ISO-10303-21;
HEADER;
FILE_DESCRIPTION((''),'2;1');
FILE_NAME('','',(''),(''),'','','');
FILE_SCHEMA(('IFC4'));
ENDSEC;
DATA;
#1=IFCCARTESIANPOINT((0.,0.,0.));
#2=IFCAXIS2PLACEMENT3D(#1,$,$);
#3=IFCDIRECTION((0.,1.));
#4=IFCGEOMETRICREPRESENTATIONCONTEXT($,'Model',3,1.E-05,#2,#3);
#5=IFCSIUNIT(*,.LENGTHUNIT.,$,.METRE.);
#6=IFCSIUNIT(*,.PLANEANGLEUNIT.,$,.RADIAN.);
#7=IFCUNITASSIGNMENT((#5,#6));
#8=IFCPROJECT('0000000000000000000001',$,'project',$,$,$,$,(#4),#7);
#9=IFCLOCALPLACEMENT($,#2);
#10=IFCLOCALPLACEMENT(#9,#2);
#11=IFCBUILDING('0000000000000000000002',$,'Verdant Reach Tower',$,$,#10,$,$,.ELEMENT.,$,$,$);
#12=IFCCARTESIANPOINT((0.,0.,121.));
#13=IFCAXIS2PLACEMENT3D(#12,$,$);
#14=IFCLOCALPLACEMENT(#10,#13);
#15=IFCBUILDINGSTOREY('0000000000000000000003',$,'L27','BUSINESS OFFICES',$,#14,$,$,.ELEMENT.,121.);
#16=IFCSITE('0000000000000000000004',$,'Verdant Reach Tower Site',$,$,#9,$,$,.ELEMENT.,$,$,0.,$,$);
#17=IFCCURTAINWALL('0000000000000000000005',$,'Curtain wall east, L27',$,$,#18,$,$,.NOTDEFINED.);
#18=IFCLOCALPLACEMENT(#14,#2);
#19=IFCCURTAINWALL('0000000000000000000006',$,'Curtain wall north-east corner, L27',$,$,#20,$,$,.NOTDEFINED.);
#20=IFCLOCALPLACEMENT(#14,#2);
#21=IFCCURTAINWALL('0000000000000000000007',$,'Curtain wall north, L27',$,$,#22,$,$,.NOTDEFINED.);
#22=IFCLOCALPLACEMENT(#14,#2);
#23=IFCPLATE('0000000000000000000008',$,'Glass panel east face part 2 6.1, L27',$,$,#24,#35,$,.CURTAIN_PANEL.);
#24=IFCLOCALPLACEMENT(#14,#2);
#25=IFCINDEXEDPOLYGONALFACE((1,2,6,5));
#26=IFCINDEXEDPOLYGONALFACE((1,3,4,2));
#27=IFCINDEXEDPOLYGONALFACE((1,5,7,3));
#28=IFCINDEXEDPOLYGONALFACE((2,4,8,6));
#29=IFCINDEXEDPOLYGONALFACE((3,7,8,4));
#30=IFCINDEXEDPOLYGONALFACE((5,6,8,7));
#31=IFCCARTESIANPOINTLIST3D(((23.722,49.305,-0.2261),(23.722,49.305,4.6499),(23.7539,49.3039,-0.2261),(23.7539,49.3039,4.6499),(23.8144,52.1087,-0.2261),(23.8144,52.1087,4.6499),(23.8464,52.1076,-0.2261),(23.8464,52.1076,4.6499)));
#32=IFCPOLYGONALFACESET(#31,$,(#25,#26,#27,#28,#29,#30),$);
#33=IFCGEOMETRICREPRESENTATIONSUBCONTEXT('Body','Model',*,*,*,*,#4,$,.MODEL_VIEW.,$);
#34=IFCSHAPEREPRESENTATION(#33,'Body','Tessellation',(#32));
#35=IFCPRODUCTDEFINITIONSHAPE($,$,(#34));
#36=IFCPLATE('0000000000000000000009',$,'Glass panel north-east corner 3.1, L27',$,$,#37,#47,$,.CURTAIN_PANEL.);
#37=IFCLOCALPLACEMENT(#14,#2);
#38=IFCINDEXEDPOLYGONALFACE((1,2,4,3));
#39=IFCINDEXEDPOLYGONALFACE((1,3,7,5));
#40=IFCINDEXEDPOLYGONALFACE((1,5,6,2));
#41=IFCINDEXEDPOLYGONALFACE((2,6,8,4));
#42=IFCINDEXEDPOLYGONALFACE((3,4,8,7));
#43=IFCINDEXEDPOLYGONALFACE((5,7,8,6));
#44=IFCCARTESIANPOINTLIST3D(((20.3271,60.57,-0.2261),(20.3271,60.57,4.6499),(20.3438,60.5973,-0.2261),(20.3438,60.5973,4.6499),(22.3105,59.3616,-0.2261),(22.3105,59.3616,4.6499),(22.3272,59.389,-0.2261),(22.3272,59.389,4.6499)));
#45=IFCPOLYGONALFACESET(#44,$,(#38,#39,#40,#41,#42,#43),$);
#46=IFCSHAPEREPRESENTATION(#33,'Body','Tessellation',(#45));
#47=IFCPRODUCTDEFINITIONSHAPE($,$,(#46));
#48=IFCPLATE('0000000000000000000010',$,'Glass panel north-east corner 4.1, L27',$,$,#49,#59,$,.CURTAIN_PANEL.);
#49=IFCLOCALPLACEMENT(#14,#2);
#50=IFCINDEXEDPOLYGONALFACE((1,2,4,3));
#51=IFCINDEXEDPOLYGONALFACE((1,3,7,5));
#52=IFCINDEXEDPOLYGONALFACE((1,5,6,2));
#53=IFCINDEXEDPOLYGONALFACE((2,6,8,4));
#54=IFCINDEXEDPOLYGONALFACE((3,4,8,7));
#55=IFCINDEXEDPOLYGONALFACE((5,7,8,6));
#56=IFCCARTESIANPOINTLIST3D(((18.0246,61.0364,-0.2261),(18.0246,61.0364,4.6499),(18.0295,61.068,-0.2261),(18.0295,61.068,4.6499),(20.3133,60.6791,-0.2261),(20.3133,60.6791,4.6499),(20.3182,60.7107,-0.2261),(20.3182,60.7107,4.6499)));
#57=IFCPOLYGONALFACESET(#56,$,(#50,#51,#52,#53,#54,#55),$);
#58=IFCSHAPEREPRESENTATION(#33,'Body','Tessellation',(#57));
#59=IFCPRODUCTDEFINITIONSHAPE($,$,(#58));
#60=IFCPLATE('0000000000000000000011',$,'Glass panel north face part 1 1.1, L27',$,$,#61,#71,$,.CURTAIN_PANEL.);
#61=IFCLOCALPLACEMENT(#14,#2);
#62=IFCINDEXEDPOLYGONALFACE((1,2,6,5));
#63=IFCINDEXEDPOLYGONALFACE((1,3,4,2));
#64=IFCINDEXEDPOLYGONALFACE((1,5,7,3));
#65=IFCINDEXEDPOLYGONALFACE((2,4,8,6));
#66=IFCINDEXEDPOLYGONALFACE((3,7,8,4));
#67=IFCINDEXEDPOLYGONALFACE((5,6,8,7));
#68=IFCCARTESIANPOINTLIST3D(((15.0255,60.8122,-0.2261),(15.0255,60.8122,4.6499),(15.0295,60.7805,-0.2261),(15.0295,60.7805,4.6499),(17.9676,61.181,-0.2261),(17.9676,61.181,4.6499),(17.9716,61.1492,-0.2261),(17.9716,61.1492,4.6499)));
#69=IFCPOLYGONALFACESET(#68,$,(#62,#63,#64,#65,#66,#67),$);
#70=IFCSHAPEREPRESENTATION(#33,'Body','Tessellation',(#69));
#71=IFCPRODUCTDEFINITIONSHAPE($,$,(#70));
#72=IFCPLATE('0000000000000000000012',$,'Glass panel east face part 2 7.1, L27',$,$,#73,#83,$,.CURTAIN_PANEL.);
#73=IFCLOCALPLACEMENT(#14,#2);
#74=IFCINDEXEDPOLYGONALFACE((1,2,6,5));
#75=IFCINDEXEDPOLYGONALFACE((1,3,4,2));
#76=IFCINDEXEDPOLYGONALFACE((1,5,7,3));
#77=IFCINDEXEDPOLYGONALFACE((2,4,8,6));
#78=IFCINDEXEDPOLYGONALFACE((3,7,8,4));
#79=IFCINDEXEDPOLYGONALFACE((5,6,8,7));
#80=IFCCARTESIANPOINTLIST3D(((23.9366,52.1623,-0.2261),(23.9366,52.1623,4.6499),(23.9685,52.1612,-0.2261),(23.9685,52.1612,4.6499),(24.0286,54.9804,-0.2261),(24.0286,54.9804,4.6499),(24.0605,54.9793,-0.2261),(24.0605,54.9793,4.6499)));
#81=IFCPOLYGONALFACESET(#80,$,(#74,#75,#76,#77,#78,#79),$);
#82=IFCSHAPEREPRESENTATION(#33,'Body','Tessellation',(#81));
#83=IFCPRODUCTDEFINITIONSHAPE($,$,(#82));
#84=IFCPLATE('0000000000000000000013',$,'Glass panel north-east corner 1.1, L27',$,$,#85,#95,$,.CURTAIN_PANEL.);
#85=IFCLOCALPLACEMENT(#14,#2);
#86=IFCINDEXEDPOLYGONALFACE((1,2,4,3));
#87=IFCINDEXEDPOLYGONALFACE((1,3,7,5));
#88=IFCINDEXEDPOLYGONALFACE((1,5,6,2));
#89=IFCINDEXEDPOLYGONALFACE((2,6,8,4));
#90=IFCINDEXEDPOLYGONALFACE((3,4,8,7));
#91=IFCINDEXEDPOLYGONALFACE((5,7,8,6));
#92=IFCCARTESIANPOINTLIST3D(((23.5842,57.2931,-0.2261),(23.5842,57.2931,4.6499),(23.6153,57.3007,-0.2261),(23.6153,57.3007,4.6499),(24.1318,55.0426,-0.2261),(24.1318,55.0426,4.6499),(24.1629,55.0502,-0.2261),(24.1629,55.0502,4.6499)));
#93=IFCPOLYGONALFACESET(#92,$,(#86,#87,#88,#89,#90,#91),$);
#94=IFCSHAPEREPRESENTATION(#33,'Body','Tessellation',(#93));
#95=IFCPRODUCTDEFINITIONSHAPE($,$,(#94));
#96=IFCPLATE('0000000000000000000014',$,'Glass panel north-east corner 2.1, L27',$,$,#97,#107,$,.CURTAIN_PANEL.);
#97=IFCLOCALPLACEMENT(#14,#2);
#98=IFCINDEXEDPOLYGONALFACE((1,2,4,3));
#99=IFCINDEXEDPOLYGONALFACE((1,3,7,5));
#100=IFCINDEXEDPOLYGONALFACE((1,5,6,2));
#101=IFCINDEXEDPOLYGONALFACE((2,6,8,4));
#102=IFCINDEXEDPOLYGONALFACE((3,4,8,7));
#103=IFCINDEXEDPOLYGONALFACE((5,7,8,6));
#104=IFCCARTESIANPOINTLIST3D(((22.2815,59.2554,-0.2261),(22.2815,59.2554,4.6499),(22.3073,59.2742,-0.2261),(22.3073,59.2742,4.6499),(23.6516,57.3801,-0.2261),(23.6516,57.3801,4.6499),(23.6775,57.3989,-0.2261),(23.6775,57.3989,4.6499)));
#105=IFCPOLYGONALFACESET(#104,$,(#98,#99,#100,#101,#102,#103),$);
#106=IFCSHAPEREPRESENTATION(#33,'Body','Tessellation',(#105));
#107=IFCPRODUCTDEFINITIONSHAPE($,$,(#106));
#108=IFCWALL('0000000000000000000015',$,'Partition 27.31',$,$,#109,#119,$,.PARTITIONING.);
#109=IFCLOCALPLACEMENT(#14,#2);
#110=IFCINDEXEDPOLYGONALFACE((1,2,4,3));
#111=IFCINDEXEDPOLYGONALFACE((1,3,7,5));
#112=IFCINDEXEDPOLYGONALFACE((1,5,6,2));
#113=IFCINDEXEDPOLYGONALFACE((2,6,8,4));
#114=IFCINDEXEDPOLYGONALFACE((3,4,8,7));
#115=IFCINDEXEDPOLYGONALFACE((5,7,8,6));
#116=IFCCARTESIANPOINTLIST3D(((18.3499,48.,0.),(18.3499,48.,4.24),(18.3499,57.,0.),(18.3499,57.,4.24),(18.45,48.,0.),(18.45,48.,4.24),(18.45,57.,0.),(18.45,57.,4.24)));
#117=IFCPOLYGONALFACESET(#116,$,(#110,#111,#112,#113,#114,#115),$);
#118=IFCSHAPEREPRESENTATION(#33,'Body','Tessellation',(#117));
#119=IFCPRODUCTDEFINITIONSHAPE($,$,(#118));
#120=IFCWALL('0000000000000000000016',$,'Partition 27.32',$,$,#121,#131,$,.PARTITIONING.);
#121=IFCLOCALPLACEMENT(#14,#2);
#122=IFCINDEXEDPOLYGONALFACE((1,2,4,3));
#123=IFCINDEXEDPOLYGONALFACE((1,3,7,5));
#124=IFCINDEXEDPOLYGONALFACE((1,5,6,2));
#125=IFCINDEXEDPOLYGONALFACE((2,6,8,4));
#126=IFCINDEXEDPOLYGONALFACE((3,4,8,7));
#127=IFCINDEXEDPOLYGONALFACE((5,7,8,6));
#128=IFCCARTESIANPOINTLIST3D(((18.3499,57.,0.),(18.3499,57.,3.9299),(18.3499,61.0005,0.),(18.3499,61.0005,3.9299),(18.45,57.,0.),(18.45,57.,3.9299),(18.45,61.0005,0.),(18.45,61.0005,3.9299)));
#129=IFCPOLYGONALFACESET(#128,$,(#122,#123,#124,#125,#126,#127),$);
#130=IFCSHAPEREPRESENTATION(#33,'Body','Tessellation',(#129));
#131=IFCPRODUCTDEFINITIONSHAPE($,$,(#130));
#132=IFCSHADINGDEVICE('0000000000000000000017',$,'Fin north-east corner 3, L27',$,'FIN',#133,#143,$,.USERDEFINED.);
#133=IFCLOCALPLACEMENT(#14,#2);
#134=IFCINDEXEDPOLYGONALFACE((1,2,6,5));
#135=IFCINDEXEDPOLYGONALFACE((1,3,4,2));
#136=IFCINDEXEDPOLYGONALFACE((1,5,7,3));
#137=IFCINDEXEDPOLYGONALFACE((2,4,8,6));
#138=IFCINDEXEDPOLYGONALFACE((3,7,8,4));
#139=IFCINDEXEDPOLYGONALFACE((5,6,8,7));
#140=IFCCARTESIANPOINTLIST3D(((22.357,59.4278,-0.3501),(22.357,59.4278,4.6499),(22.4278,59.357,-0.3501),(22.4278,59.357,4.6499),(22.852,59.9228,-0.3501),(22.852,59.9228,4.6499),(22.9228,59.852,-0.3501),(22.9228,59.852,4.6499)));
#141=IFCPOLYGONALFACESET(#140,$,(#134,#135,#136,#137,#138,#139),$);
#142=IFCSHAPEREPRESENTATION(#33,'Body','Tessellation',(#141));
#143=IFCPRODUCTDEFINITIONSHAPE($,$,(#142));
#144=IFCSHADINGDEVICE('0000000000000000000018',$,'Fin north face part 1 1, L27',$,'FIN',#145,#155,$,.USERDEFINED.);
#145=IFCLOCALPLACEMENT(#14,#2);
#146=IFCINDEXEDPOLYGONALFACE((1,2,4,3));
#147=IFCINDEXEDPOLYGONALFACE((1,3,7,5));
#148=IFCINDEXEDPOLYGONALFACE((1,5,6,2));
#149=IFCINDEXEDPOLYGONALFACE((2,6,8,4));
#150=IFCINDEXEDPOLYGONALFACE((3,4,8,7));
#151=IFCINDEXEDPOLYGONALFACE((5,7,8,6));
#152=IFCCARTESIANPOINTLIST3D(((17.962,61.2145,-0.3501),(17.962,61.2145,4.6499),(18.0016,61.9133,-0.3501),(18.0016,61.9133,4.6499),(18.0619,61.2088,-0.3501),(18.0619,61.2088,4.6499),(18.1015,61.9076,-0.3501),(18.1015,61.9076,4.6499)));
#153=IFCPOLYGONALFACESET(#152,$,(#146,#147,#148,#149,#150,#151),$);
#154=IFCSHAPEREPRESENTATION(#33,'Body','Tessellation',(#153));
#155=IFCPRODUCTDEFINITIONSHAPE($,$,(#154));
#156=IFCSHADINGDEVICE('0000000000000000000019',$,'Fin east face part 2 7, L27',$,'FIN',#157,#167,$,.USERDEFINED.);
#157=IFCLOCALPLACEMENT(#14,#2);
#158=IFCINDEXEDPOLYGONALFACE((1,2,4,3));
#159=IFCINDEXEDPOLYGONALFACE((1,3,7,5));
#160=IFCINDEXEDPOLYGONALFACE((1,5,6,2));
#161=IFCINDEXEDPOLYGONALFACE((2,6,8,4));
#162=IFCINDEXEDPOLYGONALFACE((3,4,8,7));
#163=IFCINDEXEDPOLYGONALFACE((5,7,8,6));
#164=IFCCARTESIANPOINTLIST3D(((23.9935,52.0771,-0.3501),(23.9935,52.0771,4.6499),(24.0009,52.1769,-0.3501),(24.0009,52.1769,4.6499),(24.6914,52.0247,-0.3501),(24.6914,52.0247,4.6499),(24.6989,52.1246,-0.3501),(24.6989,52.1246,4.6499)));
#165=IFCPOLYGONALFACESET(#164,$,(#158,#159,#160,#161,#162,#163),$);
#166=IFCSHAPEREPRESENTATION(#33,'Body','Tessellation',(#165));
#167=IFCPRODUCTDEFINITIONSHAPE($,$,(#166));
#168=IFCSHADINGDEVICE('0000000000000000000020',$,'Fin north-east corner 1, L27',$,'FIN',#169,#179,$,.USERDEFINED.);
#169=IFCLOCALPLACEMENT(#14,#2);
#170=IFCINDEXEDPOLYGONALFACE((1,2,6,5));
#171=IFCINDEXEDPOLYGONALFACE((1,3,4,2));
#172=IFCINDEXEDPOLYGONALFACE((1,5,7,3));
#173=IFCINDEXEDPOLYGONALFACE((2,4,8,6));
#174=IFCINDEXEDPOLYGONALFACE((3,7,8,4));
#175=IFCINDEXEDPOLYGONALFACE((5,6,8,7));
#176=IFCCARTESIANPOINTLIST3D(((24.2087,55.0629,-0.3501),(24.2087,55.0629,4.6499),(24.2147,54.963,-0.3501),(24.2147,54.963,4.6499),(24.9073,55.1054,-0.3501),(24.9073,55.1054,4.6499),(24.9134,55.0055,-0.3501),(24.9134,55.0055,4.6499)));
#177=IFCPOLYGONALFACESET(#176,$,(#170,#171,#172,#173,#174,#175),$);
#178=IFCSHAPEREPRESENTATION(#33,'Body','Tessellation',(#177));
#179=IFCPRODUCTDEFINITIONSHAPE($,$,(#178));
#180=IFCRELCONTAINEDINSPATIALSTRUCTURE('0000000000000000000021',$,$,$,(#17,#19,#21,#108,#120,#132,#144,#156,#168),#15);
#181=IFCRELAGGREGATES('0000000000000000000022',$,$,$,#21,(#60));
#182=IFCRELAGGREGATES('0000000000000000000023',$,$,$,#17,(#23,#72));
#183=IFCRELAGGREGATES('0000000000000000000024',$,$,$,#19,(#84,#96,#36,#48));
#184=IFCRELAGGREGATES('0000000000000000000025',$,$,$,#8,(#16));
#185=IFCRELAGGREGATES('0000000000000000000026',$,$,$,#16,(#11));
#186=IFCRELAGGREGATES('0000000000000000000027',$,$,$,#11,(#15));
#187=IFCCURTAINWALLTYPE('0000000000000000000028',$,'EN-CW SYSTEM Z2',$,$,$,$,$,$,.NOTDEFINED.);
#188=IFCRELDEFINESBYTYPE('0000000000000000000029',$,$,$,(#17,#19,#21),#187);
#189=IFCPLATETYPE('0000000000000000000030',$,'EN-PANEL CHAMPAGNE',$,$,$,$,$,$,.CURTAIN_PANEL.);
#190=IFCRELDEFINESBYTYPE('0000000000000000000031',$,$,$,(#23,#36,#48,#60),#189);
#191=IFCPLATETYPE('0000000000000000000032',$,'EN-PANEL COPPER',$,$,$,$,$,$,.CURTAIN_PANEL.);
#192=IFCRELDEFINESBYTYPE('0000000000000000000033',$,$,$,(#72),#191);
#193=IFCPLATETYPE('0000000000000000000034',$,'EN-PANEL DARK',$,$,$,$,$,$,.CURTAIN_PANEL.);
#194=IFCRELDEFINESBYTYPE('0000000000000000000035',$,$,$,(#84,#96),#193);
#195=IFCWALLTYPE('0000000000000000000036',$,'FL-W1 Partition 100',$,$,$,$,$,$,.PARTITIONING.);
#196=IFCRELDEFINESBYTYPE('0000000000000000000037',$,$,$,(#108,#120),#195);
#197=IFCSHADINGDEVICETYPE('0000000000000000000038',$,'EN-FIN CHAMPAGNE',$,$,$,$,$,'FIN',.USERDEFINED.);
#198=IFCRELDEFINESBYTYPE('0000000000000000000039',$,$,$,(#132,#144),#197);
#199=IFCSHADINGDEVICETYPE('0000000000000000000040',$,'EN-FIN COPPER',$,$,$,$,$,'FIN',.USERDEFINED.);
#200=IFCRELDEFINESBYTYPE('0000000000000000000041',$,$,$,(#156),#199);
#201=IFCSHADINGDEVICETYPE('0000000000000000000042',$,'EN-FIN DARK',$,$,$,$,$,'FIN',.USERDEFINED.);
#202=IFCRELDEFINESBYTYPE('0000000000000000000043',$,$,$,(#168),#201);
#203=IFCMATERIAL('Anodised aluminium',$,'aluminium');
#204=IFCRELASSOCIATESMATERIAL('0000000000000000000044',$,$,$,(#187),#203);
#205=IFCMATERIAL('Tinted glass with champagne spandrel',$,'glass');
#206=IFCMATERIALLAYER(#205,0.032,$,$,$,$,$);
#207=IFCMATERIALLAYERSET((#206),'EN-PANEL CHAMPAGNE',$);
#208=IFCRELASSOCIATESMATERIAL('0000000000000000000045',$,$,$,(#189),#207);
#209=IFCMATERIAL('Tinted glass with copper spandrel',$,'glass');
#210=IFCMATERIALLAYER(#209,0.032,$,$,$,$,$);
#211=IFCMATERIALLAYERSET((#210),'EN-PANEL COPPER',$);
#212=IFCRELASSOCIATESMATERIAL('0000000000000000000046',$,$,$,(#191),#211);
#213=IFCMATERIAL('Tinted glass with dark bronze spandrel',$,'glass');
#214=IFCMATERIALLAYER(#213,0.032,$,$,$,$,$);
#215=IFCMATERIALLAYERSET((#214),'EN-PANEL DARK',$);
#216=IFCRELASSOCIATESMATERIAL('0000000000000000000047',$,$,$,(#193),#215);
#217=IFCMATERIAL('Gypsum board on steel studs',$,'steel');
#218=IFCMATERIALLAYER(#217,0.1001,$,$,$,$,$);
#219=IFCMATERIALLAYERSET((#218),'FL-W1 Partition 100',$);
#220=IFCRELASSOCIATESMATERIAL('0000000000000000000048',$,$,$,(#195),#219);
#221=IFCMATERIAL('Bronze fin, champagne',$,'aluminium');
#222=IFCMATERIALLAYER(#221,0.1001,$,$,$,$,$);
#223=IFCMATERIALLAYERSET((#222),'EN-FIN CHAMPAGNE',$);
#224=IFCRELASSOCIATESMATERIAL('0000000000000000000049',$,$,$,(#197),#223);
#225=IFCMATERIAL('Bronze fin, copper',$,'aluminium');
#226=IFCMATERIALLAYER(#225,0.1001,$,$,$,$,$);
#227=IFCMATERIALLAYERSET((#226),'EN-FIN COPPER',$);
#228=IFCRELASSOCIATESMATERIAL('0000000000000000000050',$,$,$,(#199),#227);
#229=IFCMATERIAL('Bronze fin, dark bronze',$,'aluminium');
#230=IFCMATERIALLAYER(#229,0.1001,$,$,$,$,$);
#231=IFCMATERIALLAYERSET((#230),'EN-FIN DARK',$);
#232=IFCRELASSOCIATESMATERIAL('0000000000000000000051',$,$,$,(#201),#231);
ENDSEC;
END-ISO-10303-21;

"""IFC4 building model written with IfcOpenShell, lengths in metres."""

from ifc_helpers import new_model, si_unit, direction, frame, frame_2d, origin, origin_2d, place, context, subcontext, project, spatial, rectangle, extrude, material, layer, layer_set, type_object, element, aggregate, save


model = new_model("IFC4")

# Units and contexts
model_context = context("Model", 3, precision=1e-05, world=origin(), true_north=direction((0.0, 1.0)))
body_context = subcontext(model_context, "Body", "Model", "MODEL_VIEW")
ifc_project = project(units=[si_unit("LENGTHUNIT", "METRE"), si_unit("PLANEANGLEUNIT", "RADIAN")], contexts=[model_context])

# Site, building, storey
site_placement = place(None, origin())
site = spatial("IfcSite", under=ifc_project, at=site_placement, Name="Verdant Reach Tower Site", CompositionType="ELEMENT", RefElevation=0.0)
building_placement = place(site_placement, origin())
building = spatial("IfcBuilding", under=site, at=building_placement, Name="Verdant Reach Tower", CompositionType="ELEMENT")
storey_placement = place(building_placement, frame((0.0, 0.0, 121.0)))
storey = spatial("IfcBuildingStorey", under=building, at=storey_placement, Name="L27", Description="BUSINESS OFFICES", CompositionType="ELEMENT", Elevation=121.0)

# Curtain wall
ifc_material_1 = material(Name="Anodised aluminium", Category="aluminium")
curtain_wall_type = type_object("IfcCurtainWallType", Name="EN-CW SYSTEM Z2", PredefinedType="NOTDEFINED", material=ifc_material_1)
curtain_wall_1_placement = place(storey_placement, origin())
curtain_wall_1 = element("IfcCurtainWall", 1, at=curtain_wall_1_placement, inside=storey, type_object=curtain_wall_type, Name="Curtain wall east, L27", PredefinedType="NOTDEFINED")

# Curtain walls
curtain_wall_2_placement = place(storey_placement, origin())
curtain_wall_2 = element("IfcCurtainWall", 2, at=curtain_wall_2_placement, inside=storey, type_object=curtain_wall_type, Name="Curtain wall north-east corner, L27", PredefinedType="NOTDEFINED")
curtain_wall_3_placement = place(storey_placement, origin())
curtain_wall_3 = element("IfcCurtainWall", 3, at=curtain_wall_3_placement, inside=storey, type_object=curtain_wall_type, Name="Curtain wall north, L27", PredefinedType="NOTDEFINED")

# Plates
ifc_material_2 = material(Name="Tinted glass with champagne spandrel", Category="glass")
ifc_layer_1 = layer(ifc_material_2, 0.032)
ifc_layer_set_1 = layer_set([ifc_layer_1], Name="EN-PANEL CHAMPAGNE")
plate_type_1 = type_object("IfcPlateType", Name="EN-PANEL CHAMPAGNE", PredefinedType="CURTAIN_PANEL", material=ifc_layer_set_1)
plate_1_placement = place(storey_placement, frame((23.7842, 50.7063, -0.2261), z_axis=(0.0, 0.0, 1.0), x_axis=(0.032966, 0.999456, 0.0)))
plate_1 = element("IfcPlate", 4, at=plate_1_placement, type_object=plate_type_1, Name="Glass panel east face part 2 6.1, L27", PredefinedType="CURTAIN_PANEL", context=body_context, shape_type="SweptSolid", body=[
    extrude(rectangle(XDim=2.8052, YDim=0.032, at=origin_2d()), origin(), (0.0, 0.0, 1.0), 4.876),
])
plate_2_placement = place(storey_placement, frame((21.3271, 59.9795, -0.2261), z_axis=(0.0, 0.0, 1.0), x_axis=(-0.853989, 0.520292, 0.0)))
plate_2 = element("IfcPlate", 5, at=plate_2_placement, type_object=plate_type_1, Name="Glass panel north-east corner 3.1, L27", PredefinedType="CURTAIN_PANEL", context=body_context, shape_type="SweptSolid", body=[
    extrude(rectangle(XDim=2.3225, YDim=0.032, at=origin_2d()), origin(), (0.0, 0.0, 1.0), 4.876),
])
plate_3_placement = place(storey_placement, frame((19.1714, 60.8735, -0.2261), z_axis=(0.0, 0.0, 1.0), x_axis=(-0.988031, 0.154256, 0.0)))
plate_3 = element("IfcPlate", 6, at=plate_3_placement, type_object=plate_type_1, Name="Glass panel north-east corner 4.1, L27", PredefinedType="CURTAIN_PANEL", context=body_context, shape_type="SweptSolid", body=[
    extrude(rectangle(XDim=2.3164, YDim=0.032, at=origin_2d()), origin(), (0.0, 0.0, 1.0), 4.876),
])
plate_4_placement = place(storey_placement, frame((16.4985, 60.9807, -0.2261), z_axis=(0.0, 0.0, 1.0), x_axis=(-0.992237, -0.124365, 0.0)))
plate_4 = element("IfcPlate", 7, at=plate_4_placement, type_object=plate_type_1, Name="Glass panel north face part 1 1.1, L27", PredefinedType="CURTAIN_PANEL", context=body_context, shape_type="SweptSolid", body=[
    extrude(rectangle(XDim=2.9651, YDim=0.032, at=origin_2d()), origin(), (0.0, 0.0, 1.0), 4.876),
])
aggregate(curtain_wall_3, [plate_4])
ifc_material_3 = material(Name="Tinted glass with copper spandrel", Category="glass")
ifc_layer_2 = layer(ifc_material_3, 0.032)
ifc_layer_set_2 = layer_set([ifc_layer_2], Name="EN-PANEL COPPER")
plate_type_2 = type_object("IfcPlateType", Name="EN-PANEL COPPER", PredefinedType="CURTAIN_PANEL", material=ifc_layer_set_2)
plate_5_placement = place(storey_placement, frame((23.9985, 53.5708, -0.2261), z_axis=(0.0, 0.0, 1.0), x_axis=(0.032628, 0.999468, 0.0)))
plate_5 = element("IfcPlate", 8, at=plate_5_placement, type_object=plate_type_2, Name="Glass panel east face part 2 7.1, L27", PredefinedType="CURTAIN_PANEL", context=body_context, shape_type="SweptSolid", body=[
    extrude(rectangle(XDim=2.8196, YDim=0.032, at=origin_2d()), origin(), (0.0, 0.0, 1.0), 4.876),
])
aggregate(curtain_wall_1, [plate_1, plate_5])
ifc_material_4 = material(Name="Tinted glass with dark bronze spandrel", Category="glass")
ifc_layer_3 = layer(ifc_material_4, 0.032)
ifc_layer_set_3 = layer_set([ifc_layer_3], Name="EN-PANEL DARK")
plate_type_3 = type_object("IfcPlateType", Name="EN-PANEL DARK", PredefinedType="CURTAIN_PANEL", material=ifc_layer_set_3)
plate_6_placement = place(storey_placement, frame((23.8735, 56.1716, -0.2261), z_axis=(0.0, 0.0, 1.0), x_axis=(-0.236416, 0.971652, 0.0)))
plate_6 = element("IfcPlate", 9, at=plate_6_placement, type_object=plate_type_3, Name="Glass panel north-east corner 1.1, L27", PredefinedType="CURTAIN_PANEL", context=body_context, shape_type="SweptSolid", body=[
    extrude(rectangle(XDim=2.3162, YDim=0.032, at=origin_2d()), origin(), (0.0, 0.0, 1.0), 4.876),
])
plate_7_placement = place(storey_placement, frame((22.9795, 58.3271, -0.2261), z_axis=(0.0, 0.0, 1.0), x_axis=(-0.589927, 0.807457, 0.0)))
plate_7 = element("IfcPlate", 10, at=plate_7_placement, type_object=plate_type_3, Name="Glass panel north-east corner 2.1, L27", PredefinedType="CURTAIN_PANEL", context=body_context, shape_type="SweptSolid", body=[
    extrude(rectangle(XDim=2.3225, YDim=0.032, at=origin_2d()), origin(), (0.0, 0.0, 1.0), 4.876),
])
aggregate(curtain_wall_2, [plate_6, plate_7, plate_2, plate_3])

# Walls
ifc_material_5 = material(Name="Gypsum board on steel studs", Category="steel")
ifc_layer_4 = layer(ifc_material_5, 0.1001)
ifc_layer_set_4 = layer_set([ifc_layer_4], Name="FL-W1 Partition 100")
wall_type = type_object("IfcWallType", Name="FL-W1 Partition 100", PredefinedType="PARTITIONING", material=ifc_layer_set_4)
wall_1_placement = place(storey_placement, frame((18.3999, 57.0, 0.0), z_axis=(0.0, 0.0, 1.0), x_axis=(0.0, -1.0, 0.0)))
element("IfcWall", 11, at=wall_1_placement, inside=storey, type_object=wall_type, Name="Partition 27.31", PredefinedType="PARTITIONING", context=body_context, shape_type="SweptSolid", body=[
    extrude(rectangle(XDim=9.0, YDim=0.1001, at=frame_2d((4.5, 0.0))), origin(), (0.0, 0.0, 1.0), 4.24),
])
wall_2_placement = place(storey_placement, frame((18.3999, 61.0005, 0.0), z_axis=(0.0, 0.0, 1.0), x_axis=(0.0, -1.0, 0.0)))
element("IfcWall", 12, at=wall_2_placement, inside=storey, type_object=wall_type, Name="Partition 27.32", PredefinedType="PARTITIONING", context=body_context, shape_type="SweptSolid", body=[
    extrude(rectangle(XDim=4.0005, YDim=0.1001, at=frame_2d((2.0002, 0.0))), origin(), (0.0, 0.0, 1.0), 3.9299),
])

# Shading devices
ifc_material_6 = material(Name="Bronze fin, champagne", Category="aluminium")
ifc_layer_5 = layer(ifc_material_6, 0.1001)
ifc_layer_set_5 = layer_set([ifc_layer_5], Name="EN-FIN CHAMPAGNE")
shading_device_type_1 = type_object("IfcShadingDeviceType", Name="EN-FIN CHAMPAGNE", ElementType="FIN", PredefinedType="USERDEFINED", material=ifc_layer_set_5)
for number, where, z_axis, x_axis, name in (
    (13, (22.6399, 59.6399, -0.3501), (0.0, 0.0, 1.0), (-0.707107, 0.707107, 0.0), "Fin north-east corner 3, L27"),
    (14, (18.0317, 61.561, -0.3501), (0.0, 0.0, 1.0), (-0.998399, 0.056569, 0.0), "Fin north face part 1 1, L27"),
):
    element("IfcShadingDevice", number, at=place(storey_placement, frame(where, z_axis=z_axis, x_axis=x_axis)), inside=storey, type_object=shading_device_type_1, Name=name, ObjectType="FIN", PredefinedType="USERDEFINED", context=body_context, shape_type="SweptSolid", body=[
        extrude(rectangle(XDim=0.1001, YDim=0.7, at=origin_2d()), origin(), (0.0, 0.0, 1.0), 5.0),
    ])
ifc_material_7 = material(Name="Bronze fin, copper", Category="aluminium")
ifc_layer_6 = layer(ifc_material_7, 0.1001)
ifc_layer_set_6 = layer_set([ifc_layer_6], Name="EN-FIN COPPER")
shading_device_type_2 = type_object("IfcShadingDeviceType", Name="EN-FIN COPPER", ElementType="FIN", PredefinedType="USERDEFINED", material=ifc_layer_set_6)
shading_device_1_placement = place(storey_placement, frame((24.3462, 52.1008, -0.3501), z_axis=(0.0, 0.0, 1.0), x_axis=(0.07479, 0.997199, 0.0)))
element("IfcShadingDevice", 15, at=shading_device_1_placement, inside=storey, type_object=shading_device_type_2, Name="Fin east face part 2 7, L27", ObjectType="FIN", PredefinedType="USERDEFINED", context=body_context, shape_type="SweptSolid", body=[
    extrude(rectangle(XDim=0.1001, YDim=0.7, at=origin_2d()), origin(), (0.0, 0.0, 1.0), 5.0),
])
ifc_material_8 = material(Name="Bronze fin, dark bronze", Category="aluminium")
ifc_layer_7 = layer(ifc_material_8, 0.1001)
ifc_layer_set_7 = layer_set([ifc_layer_7], Name="EN-FIN DARK")
shading_device_type_3 = type_object("IfcShadingDeviceType", Name="EN-FIN DARK", ElementType="FIN", PredefinedType="USERDEFINED", material=ifc_layer_set_7)
shading_device_2_placement = place(storey_placement, frame((24.561, 55.0342, -0.3501), z_axis=(0.0, 0.0, 1.0), x_axis=(-0.060703, 0.998156, 0.0)))
element("IfcShadingDevice", 16, at=shading_device_2_placement, inside=storey, type_object=shading_device_type_3, Name="Fin north-east corner 1, L27", ObjectType="FIN", PredefinedType="USERDEFINED", context=body_context, shape_type="SweptSolid", body=[
    extrude(rectangle(XDim=0.1001, YDim=0.7, at=origin_2d()), origin(), (0.0, 0.0, 1.0), 5.0),
])

save(model, "model.ifc")
